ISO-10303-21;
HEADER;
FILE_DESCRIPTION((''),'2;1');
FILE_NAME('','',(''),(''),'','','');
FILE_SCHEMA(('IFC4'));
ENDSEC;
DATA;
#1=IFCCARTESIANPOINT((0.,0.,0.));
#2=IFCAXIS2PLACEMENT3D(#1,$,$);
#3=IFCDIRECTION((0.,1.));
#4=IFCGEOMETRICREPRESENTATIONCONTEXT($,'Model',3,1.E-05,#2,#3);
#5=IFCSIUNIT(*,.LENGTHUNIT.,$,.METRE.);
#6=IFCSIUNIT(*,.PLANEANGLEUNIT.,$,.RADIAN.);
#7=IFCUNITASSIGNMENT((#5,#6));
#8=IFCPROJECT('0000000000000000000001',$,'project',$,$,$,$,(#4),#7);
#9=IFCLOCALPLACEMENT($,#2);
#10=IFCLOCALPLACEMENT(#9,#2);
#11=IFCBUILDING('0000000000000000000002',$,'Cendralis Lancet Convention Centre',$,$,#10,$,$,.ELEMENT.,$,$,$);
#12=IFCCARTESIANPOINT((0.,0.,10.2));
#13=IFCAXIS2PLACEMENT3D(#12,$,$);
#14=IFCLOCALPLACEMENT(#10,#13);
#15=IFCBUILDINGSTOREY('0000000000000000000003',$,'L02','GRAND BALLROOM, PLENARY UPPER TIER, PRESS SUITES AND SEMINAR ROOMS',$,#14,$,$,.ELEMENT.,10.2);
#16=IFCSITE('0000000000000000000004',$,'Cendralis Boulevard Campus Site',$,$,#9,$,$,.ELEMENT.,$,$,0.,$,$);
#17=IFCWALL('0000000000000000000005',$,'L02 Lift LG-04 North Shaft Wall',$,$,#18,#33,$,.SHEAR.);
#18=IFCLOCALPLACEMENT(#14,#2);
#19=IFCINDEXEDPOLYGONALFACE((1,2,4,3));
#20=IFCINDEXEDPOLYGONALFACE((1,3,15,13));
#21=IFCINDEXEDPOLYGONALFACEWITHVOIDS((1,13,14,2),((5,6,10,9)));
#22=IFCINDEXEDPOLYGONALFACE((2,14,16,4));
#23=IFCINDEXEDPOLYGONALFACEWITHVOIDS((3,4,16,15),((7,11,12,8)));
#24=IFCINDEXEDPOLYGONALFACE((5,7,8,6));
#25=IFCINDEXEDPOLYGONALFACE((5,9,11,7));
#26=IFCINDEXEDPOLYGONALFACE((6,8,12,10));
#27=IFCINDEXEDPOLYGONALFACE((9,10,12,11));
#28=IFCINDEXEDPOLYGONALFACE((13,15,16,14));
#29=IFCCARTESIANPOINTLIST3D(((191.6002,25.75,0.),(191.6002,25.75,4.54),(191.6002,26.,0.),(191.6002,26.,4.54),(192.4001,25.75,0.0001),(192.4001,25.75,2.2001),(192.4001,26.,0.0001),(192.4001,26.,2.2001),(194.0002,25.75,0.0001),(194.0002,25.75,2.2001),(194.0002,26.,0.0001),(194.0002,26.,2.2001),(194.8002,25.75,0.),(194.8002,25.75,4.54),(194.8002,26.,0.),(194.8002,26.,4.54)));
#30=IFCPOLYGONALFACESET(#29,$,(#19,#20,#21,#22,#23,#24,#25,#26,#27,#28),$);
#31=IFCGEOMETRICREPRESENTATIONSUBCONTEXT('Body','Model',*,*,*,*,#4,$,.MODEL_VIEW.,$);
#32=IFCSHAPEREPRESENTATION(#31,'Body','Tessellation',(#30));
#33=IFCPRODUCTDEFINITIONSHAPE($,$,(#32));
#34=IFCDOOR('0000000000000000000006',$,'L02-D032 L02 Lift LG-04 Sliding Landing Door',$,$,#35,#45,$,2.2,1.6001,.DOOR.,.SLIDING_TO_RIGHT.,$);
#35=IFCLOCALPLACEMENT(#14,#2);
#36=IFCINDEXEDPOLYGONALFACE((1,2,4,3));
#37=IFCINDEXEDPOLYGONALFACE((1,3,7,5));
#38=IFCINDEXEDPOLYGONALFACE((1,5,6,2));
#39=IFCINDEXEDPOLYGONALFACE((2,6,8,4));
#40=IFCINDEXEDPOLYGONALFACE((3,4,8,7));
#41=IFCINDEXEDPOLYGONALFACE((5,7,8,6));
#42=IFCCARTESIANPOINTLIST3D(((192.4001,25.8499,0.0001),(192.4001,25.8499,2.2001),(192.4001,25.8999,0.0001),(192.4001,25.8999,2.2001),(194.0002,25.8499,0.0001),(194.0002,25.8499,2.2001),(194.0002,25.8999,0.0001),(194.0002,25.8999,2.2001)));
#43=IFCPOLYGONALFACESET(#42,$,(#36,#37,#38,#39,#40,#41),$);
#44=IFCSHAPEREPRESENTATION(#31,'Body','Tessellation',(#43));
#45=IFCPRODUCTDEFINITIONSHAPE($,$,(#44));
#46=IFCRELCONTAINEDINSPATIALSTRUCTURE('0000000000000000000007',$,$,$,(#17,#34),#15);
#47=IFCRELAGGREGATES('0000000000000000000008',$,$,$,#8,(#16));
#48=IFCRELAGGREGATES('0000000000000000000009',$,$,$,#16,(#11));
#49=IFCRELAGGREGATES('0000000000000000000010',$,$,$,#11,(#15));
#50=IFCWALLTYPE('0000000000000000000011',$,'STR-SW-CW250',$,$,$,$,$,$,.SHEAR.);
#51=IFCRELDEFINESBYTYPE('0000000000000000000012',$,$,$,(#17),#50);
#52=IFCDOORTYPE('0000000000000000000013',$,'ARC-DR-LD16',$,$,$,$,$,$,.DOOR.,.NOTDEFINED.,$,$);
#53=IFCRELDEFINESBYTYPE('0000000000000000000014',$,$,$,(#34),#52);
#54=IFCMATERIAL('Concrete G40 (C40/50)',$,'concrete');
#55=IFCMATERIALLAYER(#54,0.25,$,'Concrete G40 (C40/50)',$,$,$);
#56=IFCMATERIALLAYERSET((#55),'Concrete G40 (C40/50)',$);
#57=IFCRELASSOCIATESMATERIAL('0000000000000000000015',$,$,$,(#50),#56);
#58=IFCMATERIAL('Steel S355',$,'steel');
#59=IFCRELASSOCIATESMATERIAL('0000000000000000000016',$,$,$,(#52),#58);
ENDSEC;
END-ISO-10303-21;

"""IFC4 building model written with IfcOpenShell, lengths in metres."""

from ifc_helpers import new_model, si_unit, direction, frame, frame_2d, origin, place, context, subcontext, project, spatial, rectangle, extrude, material, layer, layer_set, type_object, element, fill, save


model = new_model("IFC4")

# Units and contexts
model_context = context("Model", 3, precision=1e-05, world=origin(), true_north=direction((0.0, 1.0)))
body_context = subcontext(model_context, "Body", "Model", "MODEL_VIEW")
ifc_project = project(units=[si_unit("LENGTHUNIT", "METRE"), si_unit("PLANEANGLEUNIT", "RADIAN")], contexts=[model_context])

# Site, building, storey
site_placement = place(None, origin())
site = spatial("IfcSite", under=ifc_project, at=site_placement, Name="Cendralis Boulevard Campus Site", CompositionType="ELEMENT", RefElevation=0.0)
building_placement = place(site_placement, origin())
building = spatial("IfcBuilding", under=site, at=building_placement, Name="Cendralis Lancet Convention Centre", CompositionType="ELEMENT")
storey_placement = place(building_placement, frame((0.0, 0.0, 10.2)))
storey = spatial("IfcBuildingStorey", under=building, at=storey_placement, Name="L02", Description="GRAND BALLROOM, PLENARY UPPER TIER, PRESS SUITES AND SEMINAR ROOMS", CompositionType="ELEMENT", Elevation=10.2)

# Shared definitions
ifc_material_1 = material(Name="Concrete G40 (C40/50)", Category="concrete")

# Shared definitions
ifc_material_2 = material(Name="Steel S355", Category="steel")

# Wall, opening, door
ifc_layer_1 = layer(ifc_material_1, 0.25, Name="Concrete G40 (C40/50)")
ifc_layer_set_1 = layer_set([ifc_layer_1], Name="Concrete G40 (C40/50)")
wall_type_1 = type_object("IfcWallType", Name="STR-SW-CW250", PredefinedType="SHEAR", material=ifc_layer_set_1)
wall_1_placement = place(storey_placement, frame((191.6001, 25.875, 0.0), z_axis=(0.0, 0.0, 1.0), x_axis=(1.0, 0.0, 0.0)))
wall_1 = element("IfcWall", 1, at=wall_1_placement, inside=storey, type_object=wall_type_1, Name="L02 Lift LG-04 North Shaft Wall", PredefinedType="SHEAR", context=body_context, shape_type="SweptSolid", body=[
    extrude(rectangle(XDim=3.2, YDim=0.25, at=frame_2d((1.6001, 0.0))), origin(), (0.0, 0.0, 1.0), 4.54),
])
opening_1_placement = place(wall_1_placement, frame((0.8, 0.0, 0.0)))
opening_1 = element("IfcOpeningElement", 2, at=opening_1_placement, cuts=wall_1, PredefinedType="OPENING", context=body_context, shape_type="SweptSolid", body=[
    extrude(rectangle(XDim=1.6001, YDim=2.2, at=frame_2d((0.8, 1.1001))), frame((0.0, 0.135, 0.0), z_axis=(0.0, -1.0, 0.0), x_axis=(1.0, 0.0, 0.0)), (0.0, 0.0, 1.0), 0.27),
])
door_type_1 = type_object("IfcDoorType", Name="ARC-DR-LD16", OperationType="NOTDEFINED", PredefinedType="DOOR", material=ifc_material_2)
door_1_placement = place(opening_1_placement, origin())
door_1 = element("IfcDoor", 3, at=door_1_placement, inside=storey, type_object=door_type_1, Name="L02-D032 L02 Lift LG-04 Sliding Landing Door", OperationType="SLIDING_TO_RIGHT", OverallHeight=2.2, OverallWidth=1.6001, PredefinedType="DOOR", context=body_context, shape_type="SweptSolid", body=[
    extrude(rectangle(XDim=1.6001, YDim=2.2, at=frame_2d((0.8, 1.1001))), frame((0.0, 0.0249, 0.0), z_axis=(0.0, -1.0, 0.0), x_axis=(1.0, 0.0, 0.0)), (0.0, 0.0, 1.0), 0.05),
])
fill(opening_1, door_1)

save(model, "model.ifc")
